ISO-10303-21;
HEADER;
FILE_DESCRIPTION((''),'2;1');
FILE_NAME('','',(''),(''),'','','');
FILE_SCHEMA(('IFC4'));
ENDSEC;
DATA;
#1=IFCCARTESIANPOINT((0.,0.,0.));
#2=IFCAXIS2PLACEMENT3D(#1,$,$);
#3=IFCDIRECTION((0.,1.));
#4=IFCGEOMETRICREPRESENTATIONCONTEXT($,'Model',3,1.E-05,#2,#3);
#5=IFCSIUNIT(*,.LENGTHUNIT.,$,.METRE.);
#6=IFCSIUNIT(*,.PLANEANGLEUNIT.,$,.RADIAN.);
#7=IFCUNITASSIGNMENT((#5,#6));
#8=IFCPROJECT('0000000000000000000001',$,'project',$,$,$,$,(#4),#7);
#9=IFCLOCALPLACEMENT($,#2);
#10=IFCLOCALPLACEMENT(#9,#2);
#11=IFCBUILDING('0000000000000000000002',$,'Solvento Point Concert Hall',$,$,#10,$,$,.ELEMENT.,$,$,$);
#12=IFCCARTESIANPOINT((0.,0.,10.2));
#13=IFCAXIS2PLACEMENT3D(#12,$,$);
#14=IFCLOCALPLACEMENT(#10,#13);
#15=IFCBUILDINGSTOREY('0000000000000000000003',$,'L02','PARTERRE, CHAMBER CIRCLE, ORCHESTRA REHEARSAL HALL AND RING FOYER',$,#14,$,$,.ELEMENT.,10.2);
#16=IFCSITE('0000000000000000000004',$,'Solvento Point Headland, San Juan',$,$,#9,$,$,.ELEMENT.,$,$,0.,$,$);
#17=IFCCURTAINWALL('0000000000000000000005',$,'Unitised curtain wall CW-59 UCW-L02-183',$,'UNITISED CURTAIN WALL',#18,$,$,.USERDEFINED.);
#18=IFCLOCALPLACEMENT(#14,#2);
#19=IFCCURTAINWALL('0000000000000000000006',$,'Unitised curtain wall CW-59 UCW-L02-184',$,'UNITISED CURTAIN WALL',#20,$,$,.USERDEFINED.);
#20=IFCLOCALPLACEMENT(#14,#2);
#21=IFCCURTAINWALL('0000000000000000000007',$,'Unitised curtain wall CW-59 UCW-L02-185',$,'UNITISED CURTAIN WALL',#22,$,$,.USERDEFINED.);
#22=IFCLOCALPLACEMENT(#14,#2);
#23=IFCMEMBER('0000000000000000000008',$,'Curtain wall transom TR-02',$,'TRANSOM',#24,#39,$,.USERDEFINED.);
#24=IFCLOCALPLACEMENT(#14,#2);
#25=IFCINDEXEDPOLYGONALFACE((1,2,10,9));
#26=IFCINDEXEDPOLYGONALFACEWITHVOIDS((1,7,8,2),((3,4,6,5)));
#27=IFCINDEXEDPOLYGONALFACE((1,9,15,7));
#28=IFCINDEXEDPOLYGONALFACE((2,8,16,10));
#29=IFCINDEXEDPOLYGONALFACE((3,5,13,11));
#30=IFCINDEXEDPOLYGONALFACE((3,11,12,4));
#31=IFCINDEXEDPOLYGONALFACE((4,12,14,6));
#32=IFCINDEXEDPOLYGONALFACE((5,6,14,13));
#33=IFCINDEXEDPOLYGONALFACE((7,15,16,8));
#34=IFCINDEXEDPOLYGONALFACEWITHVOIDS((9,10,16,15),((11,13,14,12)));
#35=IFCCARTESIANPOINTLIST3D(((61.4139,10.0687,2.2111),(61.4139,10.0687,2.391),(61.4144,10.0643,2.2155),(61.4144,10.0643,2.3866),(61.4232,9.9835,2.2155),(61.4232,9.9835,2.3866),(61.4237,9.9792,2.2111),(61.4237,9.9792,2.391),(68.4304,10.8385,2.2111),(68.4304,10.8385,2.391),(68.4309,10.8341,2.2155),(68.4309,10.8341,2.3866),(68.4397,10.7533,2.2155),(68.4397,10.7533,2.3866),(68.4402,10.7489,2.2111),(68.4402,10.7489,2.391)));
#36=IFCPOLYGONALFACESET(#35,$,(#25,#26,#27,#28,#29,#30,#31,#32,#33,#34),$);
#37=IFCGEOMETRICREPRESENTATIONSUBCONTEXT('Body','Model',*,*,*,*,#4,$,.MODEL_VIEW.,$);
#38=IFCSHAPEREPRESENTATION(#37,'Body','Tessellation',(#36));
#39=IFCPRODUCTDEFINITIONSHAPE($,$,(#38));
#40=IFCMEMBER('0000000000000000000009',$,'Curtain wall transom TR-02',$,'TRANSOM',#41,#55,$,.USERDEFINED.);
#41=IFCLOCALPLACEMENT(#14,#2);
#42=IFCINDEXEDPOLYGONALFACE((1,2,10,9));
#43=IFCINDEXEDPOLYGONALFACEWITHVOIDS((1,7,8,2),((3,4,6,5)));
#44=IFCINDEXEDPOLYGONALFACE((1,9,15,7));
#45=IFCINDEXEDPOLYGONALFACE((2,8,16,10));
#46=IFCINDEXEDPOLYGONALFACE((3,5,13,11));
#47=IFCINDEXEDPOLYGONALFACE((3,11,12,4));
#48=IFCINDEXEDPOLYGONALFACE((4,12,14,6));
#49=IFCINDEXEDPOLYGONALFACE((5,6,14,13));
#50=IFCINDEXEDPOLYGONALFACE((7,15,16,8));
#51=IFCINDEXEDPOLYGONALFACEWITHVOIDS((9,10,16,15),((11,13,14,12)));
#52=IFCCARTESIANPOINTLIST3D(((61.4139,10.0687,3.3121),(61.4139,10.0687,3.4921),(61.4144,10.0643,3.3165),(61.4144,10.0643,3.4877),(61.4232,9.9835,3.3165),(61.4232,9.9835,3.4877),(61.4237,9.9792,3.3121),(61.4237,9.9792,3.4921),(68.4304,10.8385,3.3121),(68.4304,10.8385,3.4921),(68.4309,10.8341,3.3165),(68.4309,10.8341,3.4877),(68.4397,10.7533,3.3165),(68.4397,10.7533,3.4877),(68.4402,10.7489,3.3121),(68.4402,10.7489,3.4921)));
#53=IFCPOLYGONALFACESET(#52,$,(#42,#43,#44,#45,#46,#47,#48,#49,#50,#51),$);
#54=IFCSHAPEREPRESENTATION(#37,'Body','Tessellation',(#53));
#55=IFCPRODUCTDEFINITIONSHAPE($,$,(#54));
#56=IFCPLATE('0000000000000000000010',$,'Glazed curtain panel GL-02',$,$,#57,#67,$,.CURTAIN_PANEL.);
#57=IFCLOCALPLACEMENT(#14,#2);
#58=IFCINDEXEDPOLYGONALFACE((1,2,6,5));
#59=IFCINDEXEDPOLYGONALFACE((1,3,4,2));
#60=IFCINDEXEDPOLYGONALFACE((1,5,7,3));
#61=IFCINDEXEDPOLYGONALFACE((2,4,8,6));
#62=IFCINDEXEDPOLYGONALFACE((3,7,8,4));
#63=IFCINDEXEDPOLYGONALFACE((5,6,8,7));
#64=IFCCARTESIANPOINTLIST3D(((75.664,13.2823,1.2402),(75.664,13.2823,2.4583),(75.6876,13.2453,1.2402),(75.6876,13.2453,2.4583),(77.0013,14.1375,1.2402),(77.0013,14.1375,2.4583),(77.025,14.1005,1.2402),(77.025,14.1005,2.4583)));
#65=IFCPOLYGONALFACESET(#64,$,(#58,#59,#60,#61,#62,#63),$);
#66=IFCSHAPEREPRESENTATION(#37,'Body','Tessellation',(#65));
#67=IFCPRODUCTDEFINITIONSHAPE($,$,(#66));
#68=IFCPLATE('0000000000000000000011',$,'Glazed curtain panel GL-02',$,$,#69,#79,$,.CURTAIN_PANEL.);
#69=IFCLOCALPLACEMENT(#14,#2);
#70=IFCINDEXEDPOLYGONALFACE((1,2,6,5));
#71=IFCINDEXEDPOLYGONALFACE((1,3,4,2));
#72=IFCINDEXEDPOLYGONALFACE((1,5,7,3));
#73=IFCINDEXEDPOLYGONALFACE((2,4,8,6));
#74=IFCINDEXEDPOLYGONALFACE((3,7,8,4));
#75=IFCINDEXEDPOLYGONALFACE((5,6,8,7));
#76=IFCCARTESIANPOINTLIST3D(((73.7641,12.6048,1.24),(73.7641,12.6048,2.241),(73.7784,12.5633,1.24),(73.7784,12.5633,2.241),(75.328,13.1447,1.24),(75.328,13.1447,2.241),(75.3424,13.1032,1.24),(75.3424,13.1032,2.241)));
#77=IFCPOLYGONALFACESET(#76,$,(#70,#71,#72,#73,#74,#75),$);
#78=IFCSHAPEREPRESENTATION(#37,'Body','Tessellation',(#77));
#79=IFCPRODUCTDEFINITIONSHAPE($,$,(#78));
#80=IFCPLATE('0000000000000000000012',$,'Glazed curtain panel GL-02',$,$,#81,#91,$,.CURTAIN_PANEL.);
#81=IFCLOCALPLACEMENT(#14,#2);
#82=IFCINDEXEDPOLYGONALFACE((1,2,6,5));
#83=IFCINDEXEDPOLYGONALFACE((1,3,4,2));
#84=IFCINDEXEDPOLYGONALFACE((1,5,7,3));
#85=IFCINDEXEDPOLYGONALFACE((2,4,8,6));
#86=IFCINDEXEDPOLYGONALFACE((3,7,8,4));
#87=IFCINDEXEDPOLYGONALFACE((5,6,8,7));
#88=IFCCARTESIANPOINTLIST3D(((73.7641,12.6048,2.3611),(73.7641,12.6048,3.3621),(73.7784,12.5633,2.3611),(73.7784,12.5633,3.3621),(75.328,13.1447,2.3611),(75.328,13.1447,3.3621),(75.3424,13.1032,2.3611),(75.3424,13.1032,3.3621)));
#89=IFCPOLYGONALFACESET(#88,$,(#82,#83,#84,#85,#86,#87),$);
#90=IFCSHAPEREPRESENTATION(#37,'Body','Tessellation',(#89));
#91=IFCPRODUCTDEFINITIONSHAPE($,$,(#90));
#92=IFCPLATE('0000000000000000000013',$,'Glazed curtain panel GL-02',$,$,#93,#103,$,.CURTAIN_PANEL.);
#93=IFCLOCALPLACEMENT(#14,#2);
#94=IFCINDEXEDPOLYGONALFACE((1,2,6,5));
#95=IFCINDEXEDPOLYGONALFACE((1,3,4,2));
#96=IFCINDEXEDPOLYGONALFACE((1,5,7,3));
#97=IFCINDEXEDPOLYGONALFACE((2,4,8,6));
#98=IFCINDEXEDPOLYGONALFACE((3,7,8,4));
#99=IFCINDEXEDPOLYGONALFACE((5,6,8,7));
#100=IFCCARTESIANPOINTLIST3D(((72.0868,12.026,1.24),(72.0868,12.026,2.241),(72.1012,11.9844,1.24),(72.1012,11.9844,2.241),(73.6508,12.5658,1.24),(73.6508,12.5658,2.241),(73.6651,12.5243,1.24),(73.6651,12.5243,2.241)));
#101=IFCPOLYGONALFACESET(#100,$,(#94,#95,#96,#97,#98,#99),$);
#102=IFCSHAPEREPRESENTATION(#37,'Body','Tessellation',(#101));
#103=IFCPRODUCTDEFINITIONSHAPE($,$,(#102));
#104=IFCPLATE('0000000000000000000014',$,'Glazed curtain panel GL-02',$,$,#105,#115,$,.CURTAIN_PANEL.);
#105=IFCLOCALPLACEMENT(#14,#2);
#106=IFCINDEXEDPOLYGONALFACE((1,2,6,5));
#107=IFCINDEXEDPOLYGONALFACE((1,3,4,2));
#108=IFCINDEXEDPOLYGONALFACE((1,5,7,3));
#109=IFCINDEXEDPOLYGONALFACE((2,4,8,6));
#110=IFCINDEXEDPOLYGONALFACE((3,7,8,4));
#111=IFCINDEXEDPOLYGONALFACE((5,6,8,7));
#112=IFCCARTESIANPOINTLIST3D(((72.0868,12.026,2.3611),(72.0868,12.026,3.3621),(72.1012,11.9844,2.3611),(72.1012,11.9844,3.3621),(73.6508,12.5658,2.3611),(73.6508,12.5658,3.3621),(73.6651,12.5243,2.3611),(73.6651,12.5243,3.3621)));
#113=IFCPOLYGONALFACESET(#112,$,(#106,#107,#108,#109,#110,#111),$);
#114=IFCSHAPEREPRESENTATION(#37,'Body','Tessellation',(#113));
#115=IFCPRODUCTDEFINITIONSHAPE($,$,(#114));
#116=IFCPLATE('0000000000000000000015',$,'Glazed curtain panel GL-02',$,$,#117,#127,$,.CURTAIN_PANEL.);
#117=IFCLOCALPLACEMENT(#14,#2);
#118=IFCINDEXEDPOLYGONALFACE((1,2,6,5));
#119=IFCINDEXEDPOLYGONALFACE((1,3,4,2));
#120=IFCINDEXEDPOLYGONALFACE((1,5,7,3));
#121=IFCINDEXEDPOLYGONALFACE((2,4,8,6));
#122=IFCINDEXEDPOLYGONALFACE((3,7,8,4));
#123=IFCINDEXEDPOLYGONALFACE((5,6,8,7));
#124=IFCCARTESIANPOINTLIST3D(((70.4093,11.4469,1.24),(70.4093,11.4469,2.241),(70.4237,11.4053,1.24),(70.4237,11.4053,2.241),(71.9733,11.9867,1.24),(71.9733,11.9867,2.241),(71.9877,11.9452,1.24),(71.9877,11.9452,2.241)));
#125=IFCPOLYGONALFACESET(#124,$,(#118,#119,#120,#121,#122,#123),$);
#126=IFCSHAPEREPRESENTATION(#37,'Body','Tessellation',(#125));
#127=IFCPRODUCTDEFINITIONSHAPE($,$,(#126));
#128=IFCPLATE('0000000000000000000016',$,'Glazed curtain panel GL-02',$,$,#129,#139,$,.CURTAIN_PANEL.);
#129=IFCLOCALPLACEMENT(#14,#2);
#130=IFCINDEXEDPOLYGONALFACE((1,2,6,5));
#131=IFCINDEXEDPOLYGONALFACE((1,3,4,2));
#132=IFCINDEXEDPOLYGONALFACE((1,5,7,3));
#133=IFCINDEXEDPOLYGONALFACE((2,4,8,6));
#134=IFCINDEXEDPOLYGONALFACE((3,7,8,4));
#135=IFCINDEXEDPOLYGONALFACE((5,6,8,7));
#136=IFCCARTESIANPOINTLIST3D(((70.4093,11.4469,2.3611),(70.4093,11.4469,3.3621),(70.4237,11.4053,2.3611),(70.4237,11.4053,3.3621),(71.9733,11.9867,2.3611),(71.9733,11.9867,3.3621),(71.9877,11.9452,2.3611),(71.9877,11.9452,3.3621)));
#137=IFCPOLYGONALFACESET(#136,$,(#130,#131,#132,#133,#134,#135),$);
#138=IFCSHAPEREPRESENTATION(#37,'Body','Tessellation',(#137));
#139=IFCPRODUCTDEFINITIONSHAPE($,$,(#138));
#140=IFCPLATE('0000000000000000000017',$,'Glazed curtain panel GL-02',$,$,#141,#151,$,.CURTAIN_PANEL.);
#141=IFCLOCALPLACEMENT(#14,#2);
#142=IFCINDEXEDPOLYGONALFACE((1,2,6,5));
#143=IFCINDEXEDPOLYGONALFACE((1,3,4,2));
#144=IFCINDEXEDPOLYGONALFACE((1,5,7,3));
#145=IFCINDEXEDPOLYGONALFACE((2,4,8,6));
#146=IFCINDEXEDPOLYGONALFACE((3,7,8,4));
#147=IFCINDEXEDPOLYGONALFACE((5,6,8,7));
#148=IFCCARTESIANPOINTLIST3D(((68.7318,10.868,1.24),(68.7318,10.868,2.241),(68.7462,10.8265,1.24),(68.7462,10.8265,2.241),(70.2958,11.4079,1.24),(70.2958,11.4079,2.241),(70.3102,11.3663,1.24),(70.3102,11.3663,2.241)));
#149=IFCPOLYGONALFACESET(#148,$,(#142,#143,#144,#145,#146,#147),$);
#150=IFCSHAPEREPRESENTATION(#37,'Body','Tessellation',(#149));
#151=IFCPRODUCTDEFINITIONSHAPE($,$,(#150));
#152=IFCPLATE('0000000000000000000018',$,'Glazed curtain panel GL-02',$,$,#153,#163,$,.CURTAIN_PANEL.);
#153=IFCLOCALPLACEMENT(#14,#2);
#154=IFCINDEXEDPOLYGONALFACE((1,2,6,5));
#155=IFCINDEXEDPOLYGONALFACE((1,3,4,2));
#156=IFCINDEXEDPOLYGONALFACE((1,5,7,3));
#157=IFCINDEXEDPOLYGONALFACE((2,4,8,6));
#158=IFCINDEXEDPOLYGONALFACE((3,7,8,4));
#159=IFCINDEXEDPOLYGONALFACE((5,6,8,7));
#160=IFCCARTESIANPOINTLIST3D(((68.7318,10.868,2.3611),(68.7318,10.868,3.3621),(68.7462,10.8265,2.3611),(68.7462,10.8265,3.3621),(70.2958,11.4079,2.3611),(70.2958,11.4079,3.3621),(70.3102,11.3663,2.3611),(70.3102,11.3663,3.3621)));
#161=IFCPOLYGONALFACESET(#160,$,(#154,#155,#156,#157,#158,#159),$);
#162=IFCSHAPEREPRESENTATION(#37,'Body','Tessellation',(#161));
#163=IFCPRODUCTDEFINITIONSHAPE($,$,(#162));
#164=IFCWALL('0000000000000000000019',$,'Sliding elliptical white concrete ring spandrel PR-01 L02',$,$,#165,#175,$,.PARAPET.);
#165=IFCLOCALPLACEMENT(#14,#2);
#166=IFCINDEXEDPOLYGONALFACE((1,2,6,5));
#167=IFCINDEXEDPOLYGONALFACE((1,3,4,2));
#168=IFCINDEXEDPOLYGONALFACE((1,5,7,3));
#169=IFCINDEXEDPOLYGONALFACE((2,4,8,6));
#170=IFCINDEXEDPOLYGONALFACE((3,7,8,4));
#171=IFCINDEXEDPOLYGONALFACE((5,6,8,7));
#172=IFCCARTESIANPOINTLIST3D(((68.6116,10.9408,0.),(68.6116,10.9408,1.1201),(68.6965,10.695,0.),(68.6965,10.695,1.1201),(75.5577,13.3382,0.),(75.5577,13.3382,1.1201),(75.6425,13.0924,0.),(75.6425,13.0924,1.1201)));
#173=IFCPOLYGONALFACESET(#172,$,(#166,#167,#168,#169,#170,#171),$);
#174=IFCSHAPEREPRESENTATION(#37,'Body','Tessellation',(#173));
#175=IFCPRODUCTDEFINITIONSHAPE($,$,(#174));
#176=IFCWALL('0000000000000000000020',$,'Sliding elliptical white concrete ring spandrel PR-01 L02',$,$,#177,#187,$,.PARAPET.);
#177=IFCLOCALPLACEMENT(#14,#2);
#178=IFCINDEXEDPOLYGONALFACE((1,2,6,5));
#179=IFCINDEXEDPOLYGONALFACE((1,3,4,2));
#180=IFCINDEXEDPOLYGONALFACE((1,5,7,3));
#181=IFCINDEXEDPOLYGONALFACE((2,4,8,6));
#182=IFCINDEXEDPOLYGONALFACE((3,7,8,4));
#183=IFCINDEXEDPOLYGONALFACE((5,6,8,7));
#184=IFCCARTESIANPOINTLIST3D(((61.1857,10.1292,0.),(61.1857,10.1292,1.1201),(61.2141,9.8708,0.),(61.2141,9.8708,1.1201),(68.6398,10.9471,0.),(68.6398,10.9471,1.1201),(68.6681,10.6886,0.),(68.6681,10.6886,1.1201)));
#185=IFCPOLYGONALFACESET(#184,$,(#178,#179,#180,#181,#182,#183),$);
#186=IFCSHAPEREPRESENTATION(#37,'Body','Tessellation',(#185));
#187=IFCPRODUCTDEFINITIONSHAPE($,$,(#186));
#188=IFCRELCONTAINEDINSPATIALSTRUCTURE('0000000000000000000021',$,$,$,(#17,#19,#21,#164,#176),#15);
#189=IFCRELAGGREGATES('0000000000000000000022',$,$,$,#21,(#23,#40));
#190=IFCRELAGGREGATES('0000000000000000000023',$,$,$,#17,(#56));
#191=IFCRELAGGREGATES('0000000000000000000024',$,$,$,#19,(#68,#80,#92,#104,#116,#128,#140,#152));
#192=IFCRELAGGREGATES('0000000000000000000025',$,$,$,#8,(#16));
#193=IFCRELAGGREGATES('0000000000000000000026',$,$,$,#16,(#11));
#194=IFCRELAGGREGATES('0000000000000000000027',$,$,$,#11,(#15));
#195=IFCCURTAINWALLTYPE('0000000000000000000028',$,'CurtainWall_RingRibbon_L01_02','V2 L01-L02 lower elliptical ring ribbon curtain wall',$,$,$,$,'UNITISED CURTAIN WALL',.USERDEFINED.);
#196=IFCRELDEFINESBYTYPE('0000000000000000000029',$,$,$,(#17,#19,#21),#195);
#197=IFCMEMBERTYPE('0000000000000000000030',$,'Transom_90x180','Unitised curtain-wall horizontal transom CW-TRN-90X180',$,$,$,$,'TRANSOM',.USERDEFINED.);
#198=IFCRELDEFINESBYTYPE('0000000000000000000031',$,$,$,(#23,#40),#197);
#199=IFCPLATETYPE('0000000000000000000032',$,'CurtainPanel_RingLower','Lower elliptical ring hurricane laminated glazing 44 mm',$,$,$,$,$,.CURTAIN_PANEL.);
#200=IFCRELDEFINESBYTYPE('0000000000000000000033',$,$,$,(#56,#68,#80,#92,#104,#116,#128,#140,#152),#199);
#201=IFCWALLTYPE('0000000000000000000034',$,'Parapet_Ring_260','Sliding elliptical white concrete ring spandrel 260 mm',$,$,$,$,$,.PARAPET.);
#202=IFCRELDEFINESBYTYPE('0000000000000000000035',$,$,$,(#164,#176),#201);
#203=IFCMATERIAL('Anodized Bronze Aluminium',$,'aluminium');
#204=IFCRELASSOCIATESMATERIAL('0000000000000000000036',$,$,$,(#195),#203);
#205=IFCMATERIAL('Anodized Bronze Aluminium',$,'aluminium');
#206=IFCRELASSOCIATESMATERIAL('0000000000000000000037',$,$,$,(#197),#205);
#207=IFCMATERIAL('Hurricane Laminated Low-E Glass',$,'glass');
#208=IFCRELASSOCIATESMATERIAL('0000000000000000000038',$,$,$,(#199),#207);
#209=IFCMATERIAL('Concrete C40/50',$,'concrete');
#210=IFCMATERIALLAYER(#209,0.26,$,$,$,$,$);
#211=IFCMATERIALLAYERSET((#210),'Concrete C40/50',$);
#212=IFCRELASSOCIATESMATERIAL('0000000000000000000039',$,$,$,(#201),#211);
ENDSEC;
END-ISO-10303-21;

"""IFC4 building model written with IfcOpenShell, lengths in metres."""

from ifc_helpers import new_model, si_unit, direction, frame, frame_2d, origin, origin_2d, place, context, subcontext, project, spatial, rectangle, hollow_rectangle, extrude, material, layer, layer_set, material_profile, profile_set, type_object, element, aggregate, save


model = new_model("IFC4")

# Units and contexts
model_context = context("Model", 3, precision=1e-05, world=origin(), true_north=direction((0.0, 1.0)))
body_context = subcontext(model_context, "Body", "Model", "MODEL_VIEW")
ifc_project = project(units=[si_unit("LENGTHUNIT", "METRE"), si_unit("PLANEANGLEUNIT", "RADIAN")], contexts=[model_context])

# Site, building, storey
site_placement = place(None, origin())
site = spatial("IfcSite", under=ifc_project, at=site_placement, Name="Solvento Point Headland, San Juan", CompositionType="ELEMENT", RefElevation=0.0)
building_placement = place(site_placement, origin())
building = spatial("IfcBuilding", under=site, at=building_placement, Name="Solvento Point Concert Hall", CompositionType="ELEMENT")
storey_placement = place(building_placement, frame((0.0, 0.0, 10.2)))
storey = spatial("IfcBuildingStorey", under=building, at=storey_placement, Name="L02", Description="PARTERRE, CHAMBER CIRCLE, ORCHESTRA REHEARSAL HALL AND RING FOYER", CompositionType="ELEMENT", Elevation=10.2)

# Curtain wall
ifc_material_1 = material(Name="Anodized Bronze Aluminium", Category="aluminium")
curtain_wall_type = type_object("IfcCurtainWallType", Name="CurtainWall_RingRibbon_L01_02", Description="V2 L01-L02 lower elliptical ring ribbon curtain wall", ElementType="UNITISED CURTAIN WALL", PredefinedType="USERDEFINED", material=ifc_material_1)
curtain_wall_1_placement = place(storey_placement, origin())
curtain_wall_1 = element("IfcCurtainWall", 1, at=curtain_wall_1_placement, inside=storey, type_object=curtain_wall_type, Name="Unitised curtain wall CW-59 UCW-L02-183", ObjectType="UNITISED CURTAIN WALL", PredefinedType="USERDEFINED")

# Curtain wall
curtain_wall_2_placement = place(storey_placement, origin())
curtain_wall_2 = element("IfcCurtainWall", 2, at=curtain_wall_2_placement, inside=storey, type_object=curtain_wall_type, Name="Unitised curtain wall CW-59 UCW-L02-184", ObjectType="UNITISED CURTAIN WALL", PredefinedType="USERDEFINED")

# Shared definitions
ifc_material_2 = material(Name="Anodized Bronze Aluminium", Category="aluminium")
ifc_material_profile_1 = material_profile(ifc_material_2, hollow_rectangle(XDim=0.0901, YDim=0.1799, WallThickness=0.0044, at=origin_2d()), Name="CW-TRN-90X180")
ifc_profile_set_1 = profile_set([ifc_material_profile_1], Name="Anodized Bronze Aluminium")
member_type_1 = type_object("IfcMemberType", Name="Transom_90x180", Description="Unitised curtain-wall horizontal transom CW-TRN-90X180", ElementType="TRANSOM", PredefinedType="USERDEFINED", material=ifc_profile_set_1)

# Curtain wall, members
curtain_wall_3_placement = place(storey_placement, origin())
curtain_wall_3 = element("IfcCurtainWall", 3, at=curtain_wall_3_placement, inside=storey, type_object=curtain_wall_type, Name="Unitised curtain wall CW-59 UCW-L02-185", ObjectType="UNITISED CURTAIN WALL", PredefinedType="USERDEFINED")
member_1_placement = place(storey_placement, frame((68.4353, 10.7937, 2.301), z_axis=(-0.994036, -0.109053, 0.0), x_axis=(0.109053, -0.994036, 0.0)))
member_1 = element("IfcMember", 4, at=member_1_placement, type_object=member_type_1, Name="Curtain wall transom TR-02", ObjectType="TRANSOM", PredefinedType="USERDEFINED", context=body_context, shape_type="SweptSolid", body=[
    extrude(hollow_rectangle(XDim=0.0901, YDim=0.1799, WallThickness=0.0044, at=origin_2d()), origin(), (0.0, 0.0, 1.0), 7.0586),
])
member_2_placement = place(storey_placement, frame((68.4353, 10.7937, 3.4021), z_axis=(-0.994036, -0.109053, 0.0), x_axis=(0.109053, -0.994036, 0.0)))
member_2 = element("IfcMember", 5, at=member_2_placement, type_object=member_type_1, Name="Curtain wall transom TR-02", ObjectType="TRANSOM", PredefinedType="USERDEFINED", context=body_context, shape_type="SweptSolid", body=[
    extrude(hollow_rectangle(XDim=0.0901, YDim=0.1799, WallThickness=0.0044, at=origin_2d()), origin(), (0.0, 0.0, 1.0), 7.0586),
])
aggregate(curtain_wall_3, [member_1, member_2])

# Plates
ifc_material_3 = material(Name="Hurricane Laminated Low-E Glass", Category="glass")
plate_type = type_object("IfcPlateType", Name="CurtainPanel_RingLower", Description="Lower elliptical ring hurricane laminated glazing 44 mm", PredefinedType="CURTAIN_PANEL", material=ifc_material_3)
plate_1_placement = place(storey_placement, frame((76.3445, 13.6914, 1.2402), z_axis=(0.0, 0.0, 1.0), x_axis=(-0.84249, -0.538712, 0.0)))
plate_1 = element("IfcPlate", 6, at=plate_1_placement, type_object=plate_type, Name="Glazed curtain panel GL-02", PredefinedType="CURTAIN_PANEL", context=body_context, shape_type="SweptSolid", body=[
    extrude(rectangle(XDim=1.5874, YDim=0.0439, at=origin_2d()), origin(), (0.0, 0.0, 1.0), 1.218),
])
aggregate(curtain_wall_1, [plate_1])
plate_2_placement = place(storey_placement, frame((74.5532, 12.854, 1.24), z_axis=(0.0, 0.0, 1.0), x_axis=(-0.945271, -0.326286, 0.0)))
plate_2 = element("IfcPlate", 7, at=plate_2_placement, type_object=plate_type, Name="Glazed curtain panel GL-02", PredefinedType="CURTAIN_PANEL", context=body_context, shape_type="SweptSolid", body=[
    extrude(rectangle(XDim=1.6545, YDim=0.0439, at=origin_2d()), origin(), (0.0, 0.0, 1.0), 1.001),
])
plate_3_placement = place(storey_placement, frame((74.5532, 12.854, 2.3611), z_axis=(0.0, 0.0, 1.0), x_axis=(-0.945271, -0.326286, 0.0)))
plate_3 = element("IfcPlate", 8, at=plate_3_placement, type_object=plate_type, Name="Glazed curtain panel GL-02", PredefinedType="CURTAIN_PANEL", context=body_context, shape_type="SweptSolid", body=[
    extrude(rectangle(XDim=1.6545, YDim=0.0439, at=origin_2d()), origin(), (0.0, 0.0, 1.0), 1.001),
])
plate_4_placement = place(storey_placement, frame((72.876, 12.2751, 1.24), z_axis=(0.0, 0.0, 1.0), x_axis=(-0.945271, -0.326286, 0.0)))
plate_4 = element("IfcPlate", 9, at=plate_4_placement, type_object=plate_type, Name="Glazed curtain panel GL-02", PredefinedType="CURTAIN_PANEL", context=body_context, shape_type="SweptSolid", body=[
    extrude(rectangle(XDim=1.6545, YDim=0.0439, at=origin_2d()), origin(), (0.0, 0.0, 1.0), 1.001),
])
plate_5_placement = place(storey_placement, frame((72.876, 12.2751, 2.3611), z_axis=(0.0, 0.0, 1.0), x_axis=(-0.945271, -0.326286, 0.0)))
plate_5 = element("IfcPlate", 10, at=plate_5_placement, type_object=plate_type, Name="Glazed curtain panel GL-02", PredefinedType="CURTAIN_PANEL", context=body_context, shape_type="SweptSolid", body=[
    extrude(rectangle(XDim=1.6545, YDim=0.0439, at=origin_2d()), origin(), (0.0, 0.0, 1.0), 1.001),
])
plate_6_placement = place(storey_placement, frame((71.1985, 11.696, 1.24), z_axis=(0.0, 0.0, 1.0), x_axis=(-0.945271, -0.326286, 0.0)))
plate_6 = element("IfcPlate", 11, at=plate_6_placement, type_object=plate_type, Name="Glazed curtain panel GL-02", PredefinedType="CURTAIN_PANEL", context=body_context, shape_type="SweptSolid", body=[
    extrude(rectangle(XDim=1.6545, YDim=0.0439, at=origin_2d()), origin(), (0.0, 0.0, 1.0), 1.001),
])
plate_7_placement = place(storey_placement, frame((71.1985, 11.696, 2.3611), z_axis=(0.0, 0.0, 1.0), x_axis=(-0.945271, -0.326286, 0.0)))
plate_7 = element("IfcPlate", 12, at=plate_7_placement, type_object=plate_type, Name="Glazed curtain panel GL-02", PredefinedType="CURTAIN_PANEL", context=body_context, shape_type="SweptSolid", body=[
    extrude(rectangle(XDim=1.6545, YDim=0.0439, at=origin_2d()), origin(), (0.0, 0.0, 1.0), 1.001),
])
plate_8_placement = place(storey_placement, frame((69.521, 11.1172, 1.24), z_axis=(0.0, 0.0, 1.0), x_axis=(-0.945271, -0.326286, 0.0)))
plate_8 = element("IfcPlate", 13, at=plate_8_placement, type_object=plate_type, Name="Glazed curtain panel GL-02", PredefinedType="CURTAIN_PANEL", context=body_context, shape_type="SweptSolid", body=[
    extrude(rectangle(XDim=1.6545, YDim=0.0439, at=origin_2d()), origin(), (0.0, 0.0, 1.0), 1.001),
])
plate_9_placement = place(storey_placement, frame((69.521, 11.1172, 2.3611), z_axis=(0.0, 0.0, 1.0), x_axis=(-0.945271, -0.326286, 0.0)))
plate_9 = element("IfcPlate", 14, at=plate_9_placement, type_object=plate_type, Name="Glazed curtain panel GL-02", PredefinedType="CURTAIN_PANEL", context=body_context, shape_type="SweptSolid", body=[
    extrude(rectangle(XDim=1.6545, YDim=0.0439, at=origin_2d()), origin(), (0.0, 0.0, 1.0), 1.001),
])
aggregate(curtain_wall_2, [plate_2, plate_3, plate_4, plate_5, plate_6, plate_7, plate_8, plate_9])

# Walls
ifc_material_4 = material(Name="Concrete C40/50", Category="concrete")
ifc_layer = layer(ifc_material_4, 0.26)
ifc_layer_set = layer_set([ifc_layer], Name="Concrete C40/50")
wall_type = type_object("IfcWallType", Name="Parapet_Ring_260", Description="Sliding elliptical white concrete ring spandrel 260 mm", PredefinedType="PARAPET", material=ifc_layer_set)
wall_1_placement = place(storey_placement, frame((75.6001, 13.2153, 0.0), z_axis=(0.0, 0.0, 1.0), x_axis=(-0.945278, -0.326267, 0.0)))
element("IfcWall", 15, at=wall_1_placement, inside=storey, type_object=wall_type, Name="Sliding elliptical white concrete ring spandrel PR-01 L02", PredefinedType="PARAPET", context=body_context, shape_type="SweptSolid", body=[
    extrude(rectangle(XDim=7.3481, YDim=0.26, at=frame_2d((3.6741, 0.0))), origin(), (0.0, 0.0, 1.0), 1.1201),
])
wall_2_placement = place(storey_placement, frame((68.6541, 10.8179, 0.0), z_axis=(0.0, 0.0, 1.0), x_axis=(-0.994034, -0.109066, 0.0)))
element("IfcWall", 16, at=wall_2_placement, inside=storey, type_object=wall_type, Name="Sliding elliptical white concrete ring spandrel PR-01 L02", PredefinedType="PARAPET", context=body_context, shape_type="SweptSolid", body=[
    extrude(rectangle(XDim=7.4988, YDim=0.26, at=frame_2d((3.7495, 0.0))), origin(), (0.0, 0.0, 1.0), 1.1201),
])

save(model, "model.ifc")
